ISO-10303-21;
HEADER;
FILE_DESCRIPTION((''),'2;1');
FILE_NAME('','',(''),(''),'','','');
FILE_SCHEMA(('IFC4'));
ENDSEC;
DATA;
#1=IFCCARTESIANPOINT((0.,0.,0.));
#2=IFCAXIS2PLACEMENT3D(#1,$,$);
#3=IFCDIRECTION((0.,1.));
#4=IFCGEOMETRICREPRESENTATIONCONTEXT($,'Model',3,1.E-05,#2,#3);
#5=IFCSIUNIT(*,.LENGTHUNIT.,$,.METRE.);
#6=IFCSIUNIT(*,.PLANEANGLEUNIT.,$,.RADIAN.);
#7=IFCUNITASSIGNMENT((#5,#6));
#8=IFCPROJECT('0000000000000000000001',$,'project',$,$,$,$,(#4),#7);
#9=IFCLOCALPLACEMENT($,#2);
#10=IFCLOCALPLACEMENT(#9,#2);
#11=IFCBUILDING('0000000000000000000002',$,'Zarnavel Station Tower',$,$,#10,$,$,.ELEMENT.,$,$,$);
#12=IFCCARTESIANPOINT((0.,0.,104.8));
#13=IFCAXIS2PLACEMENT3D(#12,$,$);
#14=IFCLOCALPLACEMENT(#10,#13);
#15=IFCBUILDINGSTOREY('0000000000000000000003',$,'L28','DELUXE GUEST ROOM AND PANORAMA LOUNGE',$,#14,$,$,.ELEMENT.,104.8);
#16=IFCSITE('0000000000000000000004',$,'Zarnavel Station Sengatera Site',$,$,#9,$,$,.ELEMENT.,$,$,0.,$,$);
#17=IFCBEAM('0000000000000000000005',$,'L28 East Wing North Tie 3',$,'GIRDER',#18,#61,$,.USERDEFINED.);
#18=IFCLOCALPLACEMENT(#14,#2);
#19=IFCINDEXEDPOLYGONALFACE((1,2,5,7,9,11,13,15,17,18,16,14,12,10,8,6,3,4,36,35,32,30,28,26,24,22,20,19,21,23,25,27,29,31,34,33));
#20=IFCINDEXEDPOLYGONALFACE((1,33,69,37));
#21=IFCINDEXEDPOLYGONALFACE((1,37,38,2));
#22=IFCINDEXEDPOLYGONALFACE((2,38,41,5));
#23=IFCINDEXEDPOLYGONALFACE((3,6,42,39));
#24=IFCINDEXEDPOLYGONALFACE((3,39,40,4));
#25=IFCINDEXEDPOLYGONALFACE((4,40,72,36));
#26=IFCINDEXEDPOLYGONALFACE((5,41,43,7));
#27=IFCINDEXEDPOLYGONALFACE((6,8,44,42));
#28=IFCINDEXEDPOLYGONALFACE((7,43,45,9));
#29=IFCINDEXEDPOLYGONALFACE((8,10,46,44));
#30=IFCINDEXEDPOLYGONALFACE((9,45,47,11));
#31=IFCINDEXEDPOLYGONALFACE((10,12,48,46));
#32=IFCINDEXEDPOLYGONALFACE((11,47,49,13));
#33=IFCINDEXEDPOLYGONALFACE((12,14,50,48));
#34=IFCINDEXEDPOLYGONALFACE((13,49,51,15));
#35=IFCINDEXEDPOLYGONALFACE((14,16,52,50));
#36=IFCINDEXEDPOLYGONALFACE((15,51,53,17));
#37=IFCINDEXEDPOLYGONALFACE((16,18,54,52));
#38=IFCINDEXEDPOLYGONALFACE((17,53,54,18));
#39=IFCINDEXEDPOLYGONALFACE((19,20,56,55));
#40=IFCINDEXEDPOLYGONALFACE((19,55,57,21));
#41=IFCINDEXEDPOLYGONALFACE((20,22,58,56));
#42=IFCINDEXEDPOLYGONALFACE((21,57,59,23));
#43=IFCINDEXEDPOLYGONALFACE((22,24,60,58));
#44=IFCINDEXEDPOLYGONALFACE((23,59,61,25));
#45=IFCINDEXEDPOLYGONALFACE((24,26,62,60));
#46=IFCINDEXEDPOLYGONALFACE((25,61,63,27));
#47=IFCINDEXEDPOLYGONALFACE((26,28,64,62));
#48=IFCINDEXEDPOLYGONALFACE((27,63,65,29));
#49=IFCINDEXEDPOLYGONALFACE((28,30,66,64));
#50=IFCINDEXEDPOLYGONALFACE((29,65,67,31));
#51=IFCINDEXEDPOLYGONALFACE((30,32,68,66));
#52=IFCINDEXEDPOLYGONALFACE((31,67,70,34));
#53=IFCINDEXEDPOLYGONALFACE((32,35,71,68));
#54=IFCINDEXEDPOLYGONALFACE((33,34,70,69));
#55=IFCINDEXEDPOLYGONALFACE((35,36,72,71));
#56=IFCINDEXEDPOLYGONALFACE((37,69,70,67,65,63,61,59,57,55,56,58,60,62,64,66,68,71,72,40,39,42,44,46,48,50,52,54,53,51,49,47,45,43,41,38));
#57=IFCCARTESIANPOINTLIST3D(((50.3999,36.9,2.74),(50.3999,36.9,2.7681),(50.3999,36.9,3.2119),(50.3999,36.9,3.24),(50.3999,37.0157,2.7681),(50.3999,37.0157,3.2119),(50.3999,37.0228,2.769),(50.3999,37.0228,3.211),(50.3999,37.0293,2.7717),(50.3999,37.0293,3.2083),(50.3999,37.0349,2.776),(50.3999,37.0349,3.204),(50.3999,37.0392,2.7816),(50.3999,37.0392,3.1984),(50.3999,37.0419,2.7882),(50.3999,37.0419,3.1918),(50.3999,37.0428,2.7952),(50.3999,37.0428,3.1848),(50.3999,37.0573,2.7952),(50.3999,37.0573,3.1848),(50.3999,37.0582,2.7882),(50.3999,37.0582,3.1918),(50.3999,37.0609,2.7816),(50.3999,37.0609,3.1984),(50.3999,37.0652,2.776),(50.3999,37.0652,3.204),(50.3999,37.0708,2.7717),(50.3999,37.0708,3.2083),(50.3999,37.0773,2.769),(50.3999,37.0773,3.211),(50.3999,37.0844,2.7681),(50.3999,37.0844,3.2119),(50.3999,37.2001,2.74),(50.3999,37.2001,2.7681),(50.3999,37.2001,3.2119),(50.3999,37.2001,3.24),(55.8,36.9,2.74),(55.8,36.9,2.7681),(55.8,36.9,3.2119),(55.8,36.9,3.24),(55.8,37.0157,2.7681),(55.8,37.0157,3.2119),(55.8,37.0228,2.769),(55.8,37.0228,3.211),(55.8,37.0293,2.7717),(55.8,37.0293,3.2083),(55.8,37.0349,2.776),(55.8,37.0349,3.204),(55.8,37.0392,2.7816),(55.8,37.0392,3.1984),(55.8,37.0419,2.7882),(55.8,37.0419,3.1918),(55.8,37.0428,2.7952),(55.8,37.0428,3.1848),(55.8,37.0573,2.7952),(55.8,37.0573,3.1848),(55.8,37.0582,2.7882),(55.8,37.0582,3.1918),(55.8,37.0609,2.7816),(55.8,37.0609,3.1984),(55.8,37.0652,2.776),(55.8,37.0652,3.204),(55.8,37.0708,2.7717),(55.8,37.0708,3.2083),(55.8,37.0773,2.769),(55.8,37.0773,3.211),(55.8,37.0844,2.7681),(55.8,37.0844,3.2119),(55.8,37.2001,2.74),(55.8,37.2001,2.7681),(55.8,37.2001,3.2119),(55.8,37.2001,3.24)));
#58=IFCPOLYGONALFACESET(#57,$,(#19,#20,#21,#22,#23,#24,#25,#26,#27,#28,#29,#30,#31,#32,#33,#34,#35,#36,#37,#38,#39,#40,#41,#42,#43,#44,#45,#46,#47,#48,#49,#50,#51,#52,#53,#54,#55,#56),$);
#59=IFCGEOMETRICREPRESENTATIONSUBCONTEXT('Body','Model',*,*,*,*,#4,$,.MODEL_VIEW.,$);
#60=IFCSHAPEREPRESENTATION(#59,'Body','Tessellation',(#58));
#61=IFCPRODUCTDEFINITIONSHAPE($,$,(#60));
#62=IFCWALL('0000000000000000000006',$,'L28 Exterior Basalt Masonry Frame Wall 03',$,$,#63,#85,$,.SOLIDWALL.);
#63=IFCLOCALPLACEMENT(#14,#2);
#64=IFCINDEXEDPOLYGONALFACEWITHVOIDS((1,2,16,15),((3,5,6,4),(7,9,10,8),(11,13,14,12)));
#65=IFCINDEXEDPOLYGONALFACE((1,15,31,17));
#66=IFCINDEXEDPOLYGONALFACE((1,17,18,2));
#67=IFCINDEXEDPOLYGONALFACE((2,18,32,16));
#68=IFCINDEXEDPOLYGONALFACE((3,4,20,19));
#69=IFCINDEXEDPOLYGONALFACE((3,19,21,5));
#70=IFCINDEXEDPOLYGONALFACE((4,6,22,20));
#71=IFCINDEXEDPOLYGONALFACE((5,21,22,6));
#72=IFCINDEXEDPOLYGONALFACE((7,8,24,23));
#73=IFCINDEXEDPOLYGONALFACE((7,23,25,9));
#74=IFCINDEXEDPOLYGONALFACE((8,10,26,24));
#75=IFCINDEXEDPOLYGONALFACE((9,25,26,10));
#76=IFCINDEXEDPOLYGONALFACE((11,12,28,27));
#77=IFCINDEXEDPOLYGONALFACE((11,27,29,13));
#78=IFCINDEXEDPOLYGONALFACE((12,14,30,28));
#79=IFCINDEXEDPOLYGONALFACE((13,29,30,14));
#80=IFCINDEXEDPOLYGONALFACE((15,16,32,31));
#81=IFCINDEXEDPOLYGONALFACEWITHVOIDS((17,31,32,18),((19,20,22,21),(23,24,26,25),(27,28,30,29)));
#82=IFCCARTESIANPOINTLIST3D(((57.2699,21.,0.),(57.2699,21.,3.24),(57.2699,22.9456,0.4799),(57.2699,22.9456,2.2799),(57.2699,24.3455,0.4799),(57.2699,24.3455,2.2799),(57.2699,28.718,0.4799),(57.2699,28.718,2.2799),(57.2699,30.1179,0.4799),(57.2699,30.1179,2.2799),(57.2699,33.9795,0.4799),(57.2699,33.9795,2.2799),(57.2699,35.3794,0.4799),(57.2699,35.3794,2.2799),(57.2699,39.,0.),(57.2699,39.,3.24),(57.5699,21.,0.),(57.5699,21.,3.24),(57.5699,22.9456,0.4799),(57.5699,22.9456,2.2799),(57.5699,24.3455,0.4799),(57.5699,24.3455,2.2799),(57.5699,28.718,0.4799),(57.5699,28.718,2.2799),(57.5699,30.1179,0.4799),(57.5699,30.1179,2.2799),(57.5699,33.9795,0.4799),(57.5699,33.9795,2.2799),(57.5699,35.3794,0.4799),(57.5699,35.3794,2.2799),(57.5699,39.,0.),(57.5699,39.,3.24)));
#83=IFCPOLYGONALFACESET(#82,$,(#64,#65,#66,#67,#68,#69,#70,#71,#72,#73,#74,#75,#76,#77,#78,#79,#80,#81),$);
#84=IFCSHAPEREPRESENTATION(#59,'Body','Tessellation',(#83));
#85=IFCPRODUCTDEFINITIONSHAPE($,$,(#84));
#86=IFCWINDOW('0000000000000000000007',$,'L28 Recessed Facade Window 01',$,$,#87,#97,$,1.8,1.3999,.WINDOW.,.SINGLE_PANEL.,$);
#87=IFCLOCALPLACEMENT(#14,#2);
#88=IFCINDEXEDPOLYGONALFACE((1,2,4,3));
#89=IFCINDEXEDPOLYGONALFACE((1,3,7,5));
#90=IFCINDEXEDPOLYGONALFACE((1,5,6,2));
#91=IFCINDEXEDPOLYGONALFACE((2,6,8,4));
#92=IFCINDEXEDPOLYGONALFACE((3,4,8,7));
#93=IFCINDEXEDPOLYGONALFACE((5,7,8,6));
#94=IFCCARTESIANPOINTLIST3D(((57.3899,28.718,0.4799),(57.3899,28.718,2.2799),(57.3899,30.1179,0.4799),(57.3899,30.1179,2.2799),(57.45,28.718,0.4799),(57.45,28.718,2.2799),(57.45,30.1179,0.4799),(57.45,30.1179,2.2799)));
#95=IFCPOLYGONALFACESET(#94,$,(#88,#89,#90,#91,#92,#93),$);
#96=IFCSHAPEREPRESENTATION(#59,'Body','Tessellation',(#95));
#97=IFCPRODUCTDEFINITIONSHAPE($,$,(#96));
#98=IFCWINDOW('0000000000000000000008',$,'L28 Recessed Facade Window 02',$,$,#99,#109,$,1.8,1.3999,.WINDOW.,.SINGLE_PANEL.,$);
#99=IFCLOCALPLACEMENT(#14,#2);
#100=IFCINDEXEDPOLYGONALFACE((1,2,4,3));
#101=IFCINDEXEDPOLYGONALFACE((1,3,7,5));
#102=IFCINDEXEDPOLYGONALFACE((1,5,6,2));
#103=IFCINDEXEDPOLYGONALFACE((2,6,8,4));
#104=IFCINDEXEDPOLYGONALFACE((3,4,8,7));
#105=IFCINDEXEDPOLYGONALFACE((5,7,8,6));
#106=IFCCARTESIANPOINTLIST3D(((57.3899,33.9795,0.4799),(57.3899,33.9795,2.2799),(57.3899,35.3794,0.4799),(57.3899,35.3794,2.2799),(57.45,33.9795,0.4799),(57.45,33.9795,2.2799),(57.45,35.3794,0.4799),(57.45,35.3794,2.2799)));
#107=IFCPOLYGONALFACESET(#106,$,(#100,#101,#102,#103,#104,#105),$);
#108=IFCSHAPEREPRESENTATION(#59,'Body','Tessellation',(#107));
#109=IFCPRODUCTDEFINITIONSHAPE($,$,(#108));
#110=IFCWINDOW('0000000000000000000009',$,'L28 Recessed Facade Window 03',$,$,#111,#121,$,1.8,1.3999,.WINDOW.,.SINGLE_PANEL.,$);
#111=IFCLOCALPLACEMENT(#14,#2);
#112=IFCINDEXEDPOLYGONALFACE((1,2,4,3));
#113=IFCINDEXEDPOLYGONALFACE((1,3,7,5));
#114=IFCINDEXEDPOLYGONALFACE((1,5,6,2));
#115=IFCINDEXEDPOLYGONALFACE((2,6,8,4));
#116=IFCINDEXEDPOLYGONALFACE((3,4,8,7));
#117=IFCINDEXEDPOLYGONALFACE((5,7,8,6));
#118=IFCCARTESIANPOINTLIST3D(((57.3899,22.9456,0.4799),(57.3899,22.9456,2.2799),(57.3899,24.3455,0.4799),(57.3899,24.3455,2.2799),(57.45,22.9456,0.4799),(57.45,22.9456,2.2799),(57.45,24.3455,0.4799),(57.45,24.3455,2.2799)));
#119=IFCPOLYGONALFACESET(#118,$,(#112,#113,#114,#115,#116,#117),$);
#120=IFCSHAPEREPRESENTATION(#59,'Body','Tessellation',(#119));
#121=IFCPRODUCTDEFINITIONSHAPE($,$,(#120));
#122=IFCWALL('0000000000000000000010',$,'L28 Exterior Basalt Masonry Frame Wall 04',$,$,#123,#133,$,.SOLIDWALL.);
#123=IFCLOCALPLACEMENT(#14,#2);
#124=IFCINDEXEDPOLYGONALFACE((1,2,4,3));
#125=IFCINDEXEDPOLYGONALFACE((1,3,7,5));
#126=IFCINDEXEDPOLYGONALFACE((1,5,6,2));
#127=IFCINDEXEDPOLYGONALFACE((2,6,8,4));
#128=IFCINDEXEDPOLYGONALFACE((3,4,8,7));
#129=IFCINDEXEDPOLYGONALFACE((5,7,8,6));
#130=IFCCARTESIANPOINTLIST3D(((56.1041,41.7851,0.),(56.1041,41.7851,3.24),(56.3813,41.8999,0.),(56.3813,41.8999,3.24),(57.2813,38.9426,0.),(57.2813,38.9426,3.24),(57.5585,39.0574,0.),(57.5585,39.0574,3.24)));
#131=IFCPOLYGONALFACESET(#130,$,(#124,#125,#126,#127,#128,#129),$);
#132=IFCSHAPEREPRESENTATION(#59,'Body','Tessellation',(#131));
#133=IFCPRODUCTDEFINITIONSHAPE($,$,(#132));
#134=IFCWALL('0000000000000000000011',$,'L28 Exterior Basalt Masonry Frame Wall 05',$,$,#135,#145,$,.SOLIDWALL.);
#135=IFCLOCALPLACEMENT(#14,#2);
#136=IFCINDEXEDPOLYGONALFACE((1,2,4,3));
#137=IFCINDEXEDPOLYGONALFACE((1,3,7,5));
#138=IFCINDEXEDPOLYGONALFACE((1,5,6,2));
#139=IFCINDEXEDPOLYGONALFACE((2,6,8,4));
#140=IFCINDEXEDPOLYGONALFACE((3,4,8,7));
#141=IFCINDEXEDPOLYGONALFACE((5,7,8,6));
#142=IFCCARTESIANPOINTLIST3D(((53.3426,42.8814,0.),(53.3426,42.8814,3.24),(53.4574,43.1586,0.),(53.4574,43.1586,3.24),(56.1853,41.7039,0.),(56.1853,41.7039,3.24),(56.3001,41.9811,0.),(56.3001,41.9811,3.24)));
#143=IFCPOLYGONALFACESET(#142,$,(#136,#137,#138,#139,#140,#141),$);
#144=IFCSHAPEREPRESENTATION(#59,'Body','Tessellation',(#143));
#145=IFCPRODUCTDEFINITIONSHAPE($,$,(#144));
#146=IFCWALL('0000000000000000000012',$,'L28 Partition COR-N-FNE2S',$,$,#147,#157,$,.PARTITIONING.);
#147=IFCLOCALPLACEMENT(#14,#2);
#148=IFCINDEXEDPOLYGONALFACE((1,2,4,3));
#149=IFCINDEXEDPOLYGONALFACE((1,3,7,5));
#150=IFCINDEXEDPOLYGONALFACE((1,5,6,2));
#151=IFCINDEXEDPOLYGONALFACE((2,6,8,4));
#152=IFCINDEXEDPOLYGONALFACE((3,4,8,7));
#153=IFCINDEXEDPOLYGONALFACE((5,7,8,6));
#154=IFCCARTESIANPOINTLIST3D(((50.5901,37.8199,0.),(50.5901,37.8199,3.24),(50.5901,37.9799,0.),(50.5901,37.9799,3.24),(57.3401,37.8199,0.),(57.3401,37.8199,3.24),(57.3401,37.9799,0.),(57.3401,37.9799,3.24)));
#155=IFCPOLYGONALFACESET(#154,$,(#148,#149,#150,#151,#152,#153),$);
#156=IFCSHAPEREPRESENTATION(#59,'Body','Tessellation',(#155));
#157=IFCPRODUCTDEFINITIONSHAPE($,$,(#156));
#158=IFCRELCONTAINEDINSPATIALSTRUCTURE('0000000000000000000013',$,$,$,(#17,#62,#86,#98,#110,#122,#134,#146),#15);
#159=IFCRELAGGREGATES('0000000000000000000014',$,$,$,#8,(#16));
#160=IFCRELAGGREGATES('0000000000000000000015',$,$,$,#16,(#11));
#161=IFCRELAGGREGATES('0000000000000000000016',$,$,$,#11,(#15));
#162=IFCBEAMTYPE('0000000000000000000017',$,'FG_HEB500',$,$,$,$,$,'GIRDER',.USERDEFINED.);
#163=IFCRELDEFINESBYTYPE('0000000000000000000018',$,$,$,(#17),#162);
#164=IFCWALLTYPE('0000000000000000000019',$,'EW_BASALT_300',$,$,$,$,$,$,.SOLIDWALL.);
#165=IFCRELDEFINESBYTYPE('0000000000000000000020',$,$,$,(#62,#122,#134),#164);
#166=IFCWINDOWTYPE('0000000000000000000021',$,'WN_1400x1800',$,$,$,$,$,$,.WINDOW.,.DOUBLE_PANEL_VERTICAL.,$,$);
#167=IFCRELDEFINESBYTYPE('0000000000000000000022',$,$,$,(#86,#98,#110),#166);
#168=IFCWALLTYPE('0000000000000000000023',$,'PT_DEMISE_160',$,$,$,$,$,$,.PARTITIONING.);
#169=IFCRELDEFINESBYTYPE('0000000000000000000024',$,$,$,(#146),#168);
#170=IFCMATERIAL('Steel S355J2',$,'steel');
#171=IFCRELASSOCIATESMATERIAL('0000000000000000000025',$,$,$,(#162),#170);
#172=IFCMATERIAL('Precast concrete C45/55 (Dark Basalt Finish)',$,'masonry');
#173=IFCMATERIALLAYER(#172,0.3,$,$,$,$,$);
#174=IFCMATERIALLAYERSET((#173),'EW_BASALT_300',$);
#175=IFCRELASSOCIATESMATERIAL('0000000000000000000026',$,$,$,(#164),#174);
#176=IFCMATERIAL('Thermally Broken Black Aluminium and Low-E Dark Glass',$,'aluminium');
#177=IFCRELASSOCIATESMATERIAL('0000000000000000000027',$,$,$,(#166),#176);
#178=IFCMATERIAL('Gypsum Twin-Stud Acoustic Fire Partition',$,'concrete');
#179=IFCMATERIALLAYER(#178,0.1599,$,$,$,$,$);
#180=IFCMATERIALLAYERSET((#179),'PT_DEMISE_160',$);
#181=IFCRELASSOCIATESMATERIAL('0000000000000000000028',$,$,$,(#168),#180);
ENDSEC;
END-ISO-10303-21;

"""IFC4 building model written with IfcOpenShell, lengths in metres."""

from ifc_helpers import new_model, si_unit, direction, frame, frame_2d, origin, origin_2d, place, context, subcontext, project, spatial, rectangle, i_section, extrude, material, layer, layer_set, material_profile, profile_set, type_object, element, fill, save


model = new_model("IFC4")

# Units and contexts
model_context = context("Model", 3, precision=1e-05, world=origin(), true_north=direction((0.0, 1.0)))
body_context = subcontext(model_context, "Body", "Model", "MODEL_VIEW")
ifc_project = project(units=[si_unit("LENGTHUNIT", "METRE"), si_unit("PLANEANGLEUNIT", "RADIAN")], contexts=[model_context])

# Site, building, storey
site_placement = place(None, origin())
site = spatial("IfcSite", under=ifc_project, at=site_placement, Name="Zarnavel Station Sengatera Site", CompositionType="ELEMENT", RefElevation=0.0)
building_placement = place(site_placement, origin())
building = spatial("IfcBuilding", under=site, at=building_placement, Name="Zarnavel Station Tower", CompositionType="ELEMENT")
storey_placement = place(building_placement, frame((0.0, 0.0, 104.8)))
storey = spatial("IfcBuildingStorey", under=building, at=storey_placement, Name="L28", Description="DELUXE GUEST ROOM AND PANORAMA LOUNGE", CompositionType="ELEMENT", Elevation=104.8)

# Beam
ifc_material_1 = material(Name="Steel S355J2", Category="steel")
ifc_material_profile_1 = material_profile(ifc_material_1, i_section(OverallWidth=0.3, OverallDepth=0.5, WebThickness=0.0144, FlangeThickness=0.0281, FilletRadius=0.0271, at=origin_2d()), Name="HEB500")
ifc_profile_set_1 = profile_set([ifc_material_profile_1], Name="Steel S355J2")
beam_type = type_object("IfcBeamType", Name="FG_HEB500", ElementType="GIRDER", PredefinedType="USERDEFINED", material=ifc_profile_set_1)
beam_1_placement = place(storey_placement, frame((50.3999, 37.05, 2.99), z_axis=(1.0, 0.0, 0.0), x_axis=(0.0, 1.0, 0.0)))
element("IfcBeam", 1, at=beam_1_placement, inside=storey, type_object=beam_type, Name="L28 East Wing North Tie 3", ObjectType="GIRDER", PredefinedType="USERDEFINED", context=body_context, shape_type="SweptSolid", body=[
    extrude(i_section(OverallWidth=0.3, OverallDepth=0.5, WebThickness=0.0144, FlangeThickness=0.0281, FilletRadius=0.0271, at=origin_2d()), origin(), (0.0, 0.0, 1.0), 5.4001),
])

# Wall, openings, windows
ifc_material_2 = material(Name="Precast concrete C45/55 (Dark Basalt Finish)", Category="masonry")
ifc_layer_1 = layer(ifc_material_2, 0.3)
ifc_layer_set_1 = layer_set([ifc_layer_1], Name="EW_BASALT_300")
wall_type_1 = type_object("IfcWallType", Name="EW_BASALT_300", PredefinedType="SOLIDWALL", material=ifc_layer_set_1)
wall_1_placement = place(storey_placement, frame((57.4199, 39.0, 0.0), z_axis=(0.0, 0.0, 1.0), x_axis=(0.0, -1.0, 0.0)))
wall_1 = element("IfcWall", 2, at=wall_1_placement, inside=storey, type_object=wall_type_1, Name="L28 Exterior Basalt Masonry Frame Wall 03", PredefinedType="SOLIDWALL", context=body_context, shape_type="SweptSolid", body=[
    extrude(rectangle(XDim=18.0, YDim=0.3, at=frame_2d((9.0, 0.0))), origin(), (0.0, 0.0, 1.0), 3.24),
])
opening_1_placement = place(wall_1_placement, frame((8.8821, 0.0, 0.48)))
opening_1 = element("IfcOpeningElement", 3, at=opening_1_placement, cuts=wall_1, PredefinedType="OPENING", context=body_context, shape_type="SweptSolid", body=[
    extrude(rectangle(XDim=1.3999, YDim=1.8, at=frame_2d((0.7, 0.8999))), frame((0.0, 0.1599, 0.0), z_axis=(0.0, -1.0, 0.0), x_axis=(1.0, 0.0, 0.0)), (0.0, 0.0, 1.0), 0.3201),
])
opening_2_placement = place(wall_1_placement, frame((3.6206, 0.0, 0.48)))
opening_2 = element("IfcOpeningElement", 4, at=opening_2_placement, cuts=wall_1, PredefinedType="OPENING", context=body_context, shape_type="SweptSolid", body=[
    extrude(rectangle(XDim=1.3999, YDim=1.8, at=frame_2d((0.7, 0.8999))), frame((0.0, 0.1599, 0.0), z_axis=(0.0, -1.0, 0.0), x_axis=(1.0, 0.0, 0.0)), (0.0, 0.0, 1.0), 0.3201),
])
opening_3_placement = place(wall_1_placement, frame((14.6545, 0.0, 0.48)))
opening_3 = element("IfcOpeningElement", 5, at=opening_3_placement, cuts=wall_1, PredefinedType="OPENING", context=body_context, shape_type="SweptSolid", body=[
    extrude(rectangle(XDim=1.3999, YDim=1.8, at=frame_2d((0.7, 0.8999))), frame((0.0, 0.1599, 0.0), z_axis=(0.0, -1.0, 0.0), x_axis=(1.0, 0.0, 0.0)), (0.0, 0.0, 1.0), 0.3201),
])
ifc_material_3 = material(Name="Thermally Broken Black Aluminium and Low-E Dark Glass", Category="aluminium")
window_type = type_object("IfcWindowType", Name="WN_1400x1800", PartitioningType="DOUBLE_PANEL_VERTICAL", PredefinedType="WINDOW", material=ifc_material_3)
window_1_placement = place(opening_1_placement, origin())
window_1 = element("IfcWindow", 6, at=window_1_placement, inside=storey, type_object=window_type, Name="L28 Recessed Facade Window 01", OverallHeight=1.8, OverallWidth=1.3999, PartitioningType="SINGLE_PANEL", PredefinedType="WINDOW", context=body_context, shape_type="SweptSolid", body=[
    extrude(rectangle(XDim=1.3999, YDim=1.8, at=frame_2d((0.7, 0.8999))), frame((0.0, 0.03, 0.0), z_axis=(0.0, -1.0, 0.0), x_axis=(1.0, 0.0, 0.0)), (0.0, 0.0, 1.0), 0.0601),
])
fill(opening_1, window_1)
window_2_placement = place(opening_2_placement, origin())
window_2 = element("IfcWindow", 7, at=window_2_placement, inside=storey, type_object=window_type, Name="L28 Recessed Facade Window 02", OverallHeight=1.8, OverallWidth=1.3999, PartitioningType="SINGLE_PANEL", PredefinedType="WINDOW", context=body_context, shape_type="SweptSolid", body=[
    extrude(rectangle(XDim=1.3999, YDim=1.8, at=frame_2d((0.7, 0.8999))), frame((0.0, 0.03, 0.0), z_axis=(0.0, -1.0, 0.0), x_axis=(1.0, 0.0, 0.0)), (0.0, 0.0, 1.0), 0.0601),
])
fill(opening_2, window_2)
window_3_placement = place(opening_3_placement, origin())
window_3 = element("IfcWindow", 8, at=window_3_placement, inside=storey, type_object=window_type, Name="L28 Recessed Facade Window 03", OverallHeight=1.8, OverallWidth=1.3999, PartitioningType="SINGLE_PANEL", PredefinedType="WINDOW", context=body_context, shape_type="SweptSolid", body=[
    extrude(rectangle(XDim=1.3999, YDim=1.8, at=frame_2d((0.7, 0.8999))), frame((0.0, 0.03, 0.0), z_axis=(0.0, -1.0, 0.0), x_axis=(1.0, 0.0, 0.0)), (0.0, 0.0, 1.0), 0.0601),
])
fill(opening_3, window_3)

# Walls
wall_2_placement = place(storey_placement, frame((56.2427, 41.8425, 0.0), z_axis=(0.0, 0.0, 1.0), x_axis=(0.382637, -0.923899, 0.0)))
element("IfcWall", 9, at=wall_2_placement, inside=storey, type_object=wall_type_1, Name="L28 Exterior Basalt Masonry Frame Wall 04", PredefinedType="SOLIDWALL", context=body_context, shape_type="SweptSolid", body=[
    extrude(rectangle(XDim=3.0767, YDim=0.3, at=frame_2d((1.5383, 0.0))), origin(), (0.0, 0.0, 1.0), 3.24),
])
wall_3_placement = place(storey_placement, frame((53.3999, 43.02, 0.0), z_axis=(0.0, 0.0, 1.0), x_axis=(0.923882, -0.382676, 0.0)))
element("IfcWall", 10, at=wall_3_placement, inside=storey, type_object=wall_type_1, Name="L28 Exterior Basalt Masonry Frame Wall 05", PredefinedType="SOLIDWALL", context=body_context, shape_type="SweptSolid", body=[
    extrude(rectangle(XDim=3.0769, YDim=0.3, at=frame_2d((1.5386, 0.0))), origin(), (0.0, 0.0, 1.0), 3.24),
])
ifc_material_4 = material(Name="Gypsum Twin-Stud Acoustic Fire Partition", Category="concrete")
ifc_layer_2 = layer(ifc_material_4, 0.1599)
ifc_layer_set_2 = layer_set([ifc_layer_2], Name="PT_DEMISE_160")
wall_type_2 = type_object("IfcWallType", Name="PT_DEMISE_160", PredefinedType="PARTITIONING", material=ifc_layer_set_2)
wall_4_placement = place(storey_placement, frame((50.5901, 37.8999, 0.0), z_axis=(0.0, 0.0, 1.0), x_axis=(1.0, 0.0, 0.0)))
element("IfcWall", 11, at=wall_4_placement, inside=storey, type_object=wall_type_2, Name="L28 Partition COR-N-FNE2S", PredefinedType="PARTITIONING", context=body_context, shape_type="SweptSolid", body=[
    extrude(rectangle(XDim=6.75, YDim=0.1599, at=frame_2d((3.375, 0.0))), origin(), (0.0, 0.0, 1.0), 3.24),
])

save(model, "model.ifc")
